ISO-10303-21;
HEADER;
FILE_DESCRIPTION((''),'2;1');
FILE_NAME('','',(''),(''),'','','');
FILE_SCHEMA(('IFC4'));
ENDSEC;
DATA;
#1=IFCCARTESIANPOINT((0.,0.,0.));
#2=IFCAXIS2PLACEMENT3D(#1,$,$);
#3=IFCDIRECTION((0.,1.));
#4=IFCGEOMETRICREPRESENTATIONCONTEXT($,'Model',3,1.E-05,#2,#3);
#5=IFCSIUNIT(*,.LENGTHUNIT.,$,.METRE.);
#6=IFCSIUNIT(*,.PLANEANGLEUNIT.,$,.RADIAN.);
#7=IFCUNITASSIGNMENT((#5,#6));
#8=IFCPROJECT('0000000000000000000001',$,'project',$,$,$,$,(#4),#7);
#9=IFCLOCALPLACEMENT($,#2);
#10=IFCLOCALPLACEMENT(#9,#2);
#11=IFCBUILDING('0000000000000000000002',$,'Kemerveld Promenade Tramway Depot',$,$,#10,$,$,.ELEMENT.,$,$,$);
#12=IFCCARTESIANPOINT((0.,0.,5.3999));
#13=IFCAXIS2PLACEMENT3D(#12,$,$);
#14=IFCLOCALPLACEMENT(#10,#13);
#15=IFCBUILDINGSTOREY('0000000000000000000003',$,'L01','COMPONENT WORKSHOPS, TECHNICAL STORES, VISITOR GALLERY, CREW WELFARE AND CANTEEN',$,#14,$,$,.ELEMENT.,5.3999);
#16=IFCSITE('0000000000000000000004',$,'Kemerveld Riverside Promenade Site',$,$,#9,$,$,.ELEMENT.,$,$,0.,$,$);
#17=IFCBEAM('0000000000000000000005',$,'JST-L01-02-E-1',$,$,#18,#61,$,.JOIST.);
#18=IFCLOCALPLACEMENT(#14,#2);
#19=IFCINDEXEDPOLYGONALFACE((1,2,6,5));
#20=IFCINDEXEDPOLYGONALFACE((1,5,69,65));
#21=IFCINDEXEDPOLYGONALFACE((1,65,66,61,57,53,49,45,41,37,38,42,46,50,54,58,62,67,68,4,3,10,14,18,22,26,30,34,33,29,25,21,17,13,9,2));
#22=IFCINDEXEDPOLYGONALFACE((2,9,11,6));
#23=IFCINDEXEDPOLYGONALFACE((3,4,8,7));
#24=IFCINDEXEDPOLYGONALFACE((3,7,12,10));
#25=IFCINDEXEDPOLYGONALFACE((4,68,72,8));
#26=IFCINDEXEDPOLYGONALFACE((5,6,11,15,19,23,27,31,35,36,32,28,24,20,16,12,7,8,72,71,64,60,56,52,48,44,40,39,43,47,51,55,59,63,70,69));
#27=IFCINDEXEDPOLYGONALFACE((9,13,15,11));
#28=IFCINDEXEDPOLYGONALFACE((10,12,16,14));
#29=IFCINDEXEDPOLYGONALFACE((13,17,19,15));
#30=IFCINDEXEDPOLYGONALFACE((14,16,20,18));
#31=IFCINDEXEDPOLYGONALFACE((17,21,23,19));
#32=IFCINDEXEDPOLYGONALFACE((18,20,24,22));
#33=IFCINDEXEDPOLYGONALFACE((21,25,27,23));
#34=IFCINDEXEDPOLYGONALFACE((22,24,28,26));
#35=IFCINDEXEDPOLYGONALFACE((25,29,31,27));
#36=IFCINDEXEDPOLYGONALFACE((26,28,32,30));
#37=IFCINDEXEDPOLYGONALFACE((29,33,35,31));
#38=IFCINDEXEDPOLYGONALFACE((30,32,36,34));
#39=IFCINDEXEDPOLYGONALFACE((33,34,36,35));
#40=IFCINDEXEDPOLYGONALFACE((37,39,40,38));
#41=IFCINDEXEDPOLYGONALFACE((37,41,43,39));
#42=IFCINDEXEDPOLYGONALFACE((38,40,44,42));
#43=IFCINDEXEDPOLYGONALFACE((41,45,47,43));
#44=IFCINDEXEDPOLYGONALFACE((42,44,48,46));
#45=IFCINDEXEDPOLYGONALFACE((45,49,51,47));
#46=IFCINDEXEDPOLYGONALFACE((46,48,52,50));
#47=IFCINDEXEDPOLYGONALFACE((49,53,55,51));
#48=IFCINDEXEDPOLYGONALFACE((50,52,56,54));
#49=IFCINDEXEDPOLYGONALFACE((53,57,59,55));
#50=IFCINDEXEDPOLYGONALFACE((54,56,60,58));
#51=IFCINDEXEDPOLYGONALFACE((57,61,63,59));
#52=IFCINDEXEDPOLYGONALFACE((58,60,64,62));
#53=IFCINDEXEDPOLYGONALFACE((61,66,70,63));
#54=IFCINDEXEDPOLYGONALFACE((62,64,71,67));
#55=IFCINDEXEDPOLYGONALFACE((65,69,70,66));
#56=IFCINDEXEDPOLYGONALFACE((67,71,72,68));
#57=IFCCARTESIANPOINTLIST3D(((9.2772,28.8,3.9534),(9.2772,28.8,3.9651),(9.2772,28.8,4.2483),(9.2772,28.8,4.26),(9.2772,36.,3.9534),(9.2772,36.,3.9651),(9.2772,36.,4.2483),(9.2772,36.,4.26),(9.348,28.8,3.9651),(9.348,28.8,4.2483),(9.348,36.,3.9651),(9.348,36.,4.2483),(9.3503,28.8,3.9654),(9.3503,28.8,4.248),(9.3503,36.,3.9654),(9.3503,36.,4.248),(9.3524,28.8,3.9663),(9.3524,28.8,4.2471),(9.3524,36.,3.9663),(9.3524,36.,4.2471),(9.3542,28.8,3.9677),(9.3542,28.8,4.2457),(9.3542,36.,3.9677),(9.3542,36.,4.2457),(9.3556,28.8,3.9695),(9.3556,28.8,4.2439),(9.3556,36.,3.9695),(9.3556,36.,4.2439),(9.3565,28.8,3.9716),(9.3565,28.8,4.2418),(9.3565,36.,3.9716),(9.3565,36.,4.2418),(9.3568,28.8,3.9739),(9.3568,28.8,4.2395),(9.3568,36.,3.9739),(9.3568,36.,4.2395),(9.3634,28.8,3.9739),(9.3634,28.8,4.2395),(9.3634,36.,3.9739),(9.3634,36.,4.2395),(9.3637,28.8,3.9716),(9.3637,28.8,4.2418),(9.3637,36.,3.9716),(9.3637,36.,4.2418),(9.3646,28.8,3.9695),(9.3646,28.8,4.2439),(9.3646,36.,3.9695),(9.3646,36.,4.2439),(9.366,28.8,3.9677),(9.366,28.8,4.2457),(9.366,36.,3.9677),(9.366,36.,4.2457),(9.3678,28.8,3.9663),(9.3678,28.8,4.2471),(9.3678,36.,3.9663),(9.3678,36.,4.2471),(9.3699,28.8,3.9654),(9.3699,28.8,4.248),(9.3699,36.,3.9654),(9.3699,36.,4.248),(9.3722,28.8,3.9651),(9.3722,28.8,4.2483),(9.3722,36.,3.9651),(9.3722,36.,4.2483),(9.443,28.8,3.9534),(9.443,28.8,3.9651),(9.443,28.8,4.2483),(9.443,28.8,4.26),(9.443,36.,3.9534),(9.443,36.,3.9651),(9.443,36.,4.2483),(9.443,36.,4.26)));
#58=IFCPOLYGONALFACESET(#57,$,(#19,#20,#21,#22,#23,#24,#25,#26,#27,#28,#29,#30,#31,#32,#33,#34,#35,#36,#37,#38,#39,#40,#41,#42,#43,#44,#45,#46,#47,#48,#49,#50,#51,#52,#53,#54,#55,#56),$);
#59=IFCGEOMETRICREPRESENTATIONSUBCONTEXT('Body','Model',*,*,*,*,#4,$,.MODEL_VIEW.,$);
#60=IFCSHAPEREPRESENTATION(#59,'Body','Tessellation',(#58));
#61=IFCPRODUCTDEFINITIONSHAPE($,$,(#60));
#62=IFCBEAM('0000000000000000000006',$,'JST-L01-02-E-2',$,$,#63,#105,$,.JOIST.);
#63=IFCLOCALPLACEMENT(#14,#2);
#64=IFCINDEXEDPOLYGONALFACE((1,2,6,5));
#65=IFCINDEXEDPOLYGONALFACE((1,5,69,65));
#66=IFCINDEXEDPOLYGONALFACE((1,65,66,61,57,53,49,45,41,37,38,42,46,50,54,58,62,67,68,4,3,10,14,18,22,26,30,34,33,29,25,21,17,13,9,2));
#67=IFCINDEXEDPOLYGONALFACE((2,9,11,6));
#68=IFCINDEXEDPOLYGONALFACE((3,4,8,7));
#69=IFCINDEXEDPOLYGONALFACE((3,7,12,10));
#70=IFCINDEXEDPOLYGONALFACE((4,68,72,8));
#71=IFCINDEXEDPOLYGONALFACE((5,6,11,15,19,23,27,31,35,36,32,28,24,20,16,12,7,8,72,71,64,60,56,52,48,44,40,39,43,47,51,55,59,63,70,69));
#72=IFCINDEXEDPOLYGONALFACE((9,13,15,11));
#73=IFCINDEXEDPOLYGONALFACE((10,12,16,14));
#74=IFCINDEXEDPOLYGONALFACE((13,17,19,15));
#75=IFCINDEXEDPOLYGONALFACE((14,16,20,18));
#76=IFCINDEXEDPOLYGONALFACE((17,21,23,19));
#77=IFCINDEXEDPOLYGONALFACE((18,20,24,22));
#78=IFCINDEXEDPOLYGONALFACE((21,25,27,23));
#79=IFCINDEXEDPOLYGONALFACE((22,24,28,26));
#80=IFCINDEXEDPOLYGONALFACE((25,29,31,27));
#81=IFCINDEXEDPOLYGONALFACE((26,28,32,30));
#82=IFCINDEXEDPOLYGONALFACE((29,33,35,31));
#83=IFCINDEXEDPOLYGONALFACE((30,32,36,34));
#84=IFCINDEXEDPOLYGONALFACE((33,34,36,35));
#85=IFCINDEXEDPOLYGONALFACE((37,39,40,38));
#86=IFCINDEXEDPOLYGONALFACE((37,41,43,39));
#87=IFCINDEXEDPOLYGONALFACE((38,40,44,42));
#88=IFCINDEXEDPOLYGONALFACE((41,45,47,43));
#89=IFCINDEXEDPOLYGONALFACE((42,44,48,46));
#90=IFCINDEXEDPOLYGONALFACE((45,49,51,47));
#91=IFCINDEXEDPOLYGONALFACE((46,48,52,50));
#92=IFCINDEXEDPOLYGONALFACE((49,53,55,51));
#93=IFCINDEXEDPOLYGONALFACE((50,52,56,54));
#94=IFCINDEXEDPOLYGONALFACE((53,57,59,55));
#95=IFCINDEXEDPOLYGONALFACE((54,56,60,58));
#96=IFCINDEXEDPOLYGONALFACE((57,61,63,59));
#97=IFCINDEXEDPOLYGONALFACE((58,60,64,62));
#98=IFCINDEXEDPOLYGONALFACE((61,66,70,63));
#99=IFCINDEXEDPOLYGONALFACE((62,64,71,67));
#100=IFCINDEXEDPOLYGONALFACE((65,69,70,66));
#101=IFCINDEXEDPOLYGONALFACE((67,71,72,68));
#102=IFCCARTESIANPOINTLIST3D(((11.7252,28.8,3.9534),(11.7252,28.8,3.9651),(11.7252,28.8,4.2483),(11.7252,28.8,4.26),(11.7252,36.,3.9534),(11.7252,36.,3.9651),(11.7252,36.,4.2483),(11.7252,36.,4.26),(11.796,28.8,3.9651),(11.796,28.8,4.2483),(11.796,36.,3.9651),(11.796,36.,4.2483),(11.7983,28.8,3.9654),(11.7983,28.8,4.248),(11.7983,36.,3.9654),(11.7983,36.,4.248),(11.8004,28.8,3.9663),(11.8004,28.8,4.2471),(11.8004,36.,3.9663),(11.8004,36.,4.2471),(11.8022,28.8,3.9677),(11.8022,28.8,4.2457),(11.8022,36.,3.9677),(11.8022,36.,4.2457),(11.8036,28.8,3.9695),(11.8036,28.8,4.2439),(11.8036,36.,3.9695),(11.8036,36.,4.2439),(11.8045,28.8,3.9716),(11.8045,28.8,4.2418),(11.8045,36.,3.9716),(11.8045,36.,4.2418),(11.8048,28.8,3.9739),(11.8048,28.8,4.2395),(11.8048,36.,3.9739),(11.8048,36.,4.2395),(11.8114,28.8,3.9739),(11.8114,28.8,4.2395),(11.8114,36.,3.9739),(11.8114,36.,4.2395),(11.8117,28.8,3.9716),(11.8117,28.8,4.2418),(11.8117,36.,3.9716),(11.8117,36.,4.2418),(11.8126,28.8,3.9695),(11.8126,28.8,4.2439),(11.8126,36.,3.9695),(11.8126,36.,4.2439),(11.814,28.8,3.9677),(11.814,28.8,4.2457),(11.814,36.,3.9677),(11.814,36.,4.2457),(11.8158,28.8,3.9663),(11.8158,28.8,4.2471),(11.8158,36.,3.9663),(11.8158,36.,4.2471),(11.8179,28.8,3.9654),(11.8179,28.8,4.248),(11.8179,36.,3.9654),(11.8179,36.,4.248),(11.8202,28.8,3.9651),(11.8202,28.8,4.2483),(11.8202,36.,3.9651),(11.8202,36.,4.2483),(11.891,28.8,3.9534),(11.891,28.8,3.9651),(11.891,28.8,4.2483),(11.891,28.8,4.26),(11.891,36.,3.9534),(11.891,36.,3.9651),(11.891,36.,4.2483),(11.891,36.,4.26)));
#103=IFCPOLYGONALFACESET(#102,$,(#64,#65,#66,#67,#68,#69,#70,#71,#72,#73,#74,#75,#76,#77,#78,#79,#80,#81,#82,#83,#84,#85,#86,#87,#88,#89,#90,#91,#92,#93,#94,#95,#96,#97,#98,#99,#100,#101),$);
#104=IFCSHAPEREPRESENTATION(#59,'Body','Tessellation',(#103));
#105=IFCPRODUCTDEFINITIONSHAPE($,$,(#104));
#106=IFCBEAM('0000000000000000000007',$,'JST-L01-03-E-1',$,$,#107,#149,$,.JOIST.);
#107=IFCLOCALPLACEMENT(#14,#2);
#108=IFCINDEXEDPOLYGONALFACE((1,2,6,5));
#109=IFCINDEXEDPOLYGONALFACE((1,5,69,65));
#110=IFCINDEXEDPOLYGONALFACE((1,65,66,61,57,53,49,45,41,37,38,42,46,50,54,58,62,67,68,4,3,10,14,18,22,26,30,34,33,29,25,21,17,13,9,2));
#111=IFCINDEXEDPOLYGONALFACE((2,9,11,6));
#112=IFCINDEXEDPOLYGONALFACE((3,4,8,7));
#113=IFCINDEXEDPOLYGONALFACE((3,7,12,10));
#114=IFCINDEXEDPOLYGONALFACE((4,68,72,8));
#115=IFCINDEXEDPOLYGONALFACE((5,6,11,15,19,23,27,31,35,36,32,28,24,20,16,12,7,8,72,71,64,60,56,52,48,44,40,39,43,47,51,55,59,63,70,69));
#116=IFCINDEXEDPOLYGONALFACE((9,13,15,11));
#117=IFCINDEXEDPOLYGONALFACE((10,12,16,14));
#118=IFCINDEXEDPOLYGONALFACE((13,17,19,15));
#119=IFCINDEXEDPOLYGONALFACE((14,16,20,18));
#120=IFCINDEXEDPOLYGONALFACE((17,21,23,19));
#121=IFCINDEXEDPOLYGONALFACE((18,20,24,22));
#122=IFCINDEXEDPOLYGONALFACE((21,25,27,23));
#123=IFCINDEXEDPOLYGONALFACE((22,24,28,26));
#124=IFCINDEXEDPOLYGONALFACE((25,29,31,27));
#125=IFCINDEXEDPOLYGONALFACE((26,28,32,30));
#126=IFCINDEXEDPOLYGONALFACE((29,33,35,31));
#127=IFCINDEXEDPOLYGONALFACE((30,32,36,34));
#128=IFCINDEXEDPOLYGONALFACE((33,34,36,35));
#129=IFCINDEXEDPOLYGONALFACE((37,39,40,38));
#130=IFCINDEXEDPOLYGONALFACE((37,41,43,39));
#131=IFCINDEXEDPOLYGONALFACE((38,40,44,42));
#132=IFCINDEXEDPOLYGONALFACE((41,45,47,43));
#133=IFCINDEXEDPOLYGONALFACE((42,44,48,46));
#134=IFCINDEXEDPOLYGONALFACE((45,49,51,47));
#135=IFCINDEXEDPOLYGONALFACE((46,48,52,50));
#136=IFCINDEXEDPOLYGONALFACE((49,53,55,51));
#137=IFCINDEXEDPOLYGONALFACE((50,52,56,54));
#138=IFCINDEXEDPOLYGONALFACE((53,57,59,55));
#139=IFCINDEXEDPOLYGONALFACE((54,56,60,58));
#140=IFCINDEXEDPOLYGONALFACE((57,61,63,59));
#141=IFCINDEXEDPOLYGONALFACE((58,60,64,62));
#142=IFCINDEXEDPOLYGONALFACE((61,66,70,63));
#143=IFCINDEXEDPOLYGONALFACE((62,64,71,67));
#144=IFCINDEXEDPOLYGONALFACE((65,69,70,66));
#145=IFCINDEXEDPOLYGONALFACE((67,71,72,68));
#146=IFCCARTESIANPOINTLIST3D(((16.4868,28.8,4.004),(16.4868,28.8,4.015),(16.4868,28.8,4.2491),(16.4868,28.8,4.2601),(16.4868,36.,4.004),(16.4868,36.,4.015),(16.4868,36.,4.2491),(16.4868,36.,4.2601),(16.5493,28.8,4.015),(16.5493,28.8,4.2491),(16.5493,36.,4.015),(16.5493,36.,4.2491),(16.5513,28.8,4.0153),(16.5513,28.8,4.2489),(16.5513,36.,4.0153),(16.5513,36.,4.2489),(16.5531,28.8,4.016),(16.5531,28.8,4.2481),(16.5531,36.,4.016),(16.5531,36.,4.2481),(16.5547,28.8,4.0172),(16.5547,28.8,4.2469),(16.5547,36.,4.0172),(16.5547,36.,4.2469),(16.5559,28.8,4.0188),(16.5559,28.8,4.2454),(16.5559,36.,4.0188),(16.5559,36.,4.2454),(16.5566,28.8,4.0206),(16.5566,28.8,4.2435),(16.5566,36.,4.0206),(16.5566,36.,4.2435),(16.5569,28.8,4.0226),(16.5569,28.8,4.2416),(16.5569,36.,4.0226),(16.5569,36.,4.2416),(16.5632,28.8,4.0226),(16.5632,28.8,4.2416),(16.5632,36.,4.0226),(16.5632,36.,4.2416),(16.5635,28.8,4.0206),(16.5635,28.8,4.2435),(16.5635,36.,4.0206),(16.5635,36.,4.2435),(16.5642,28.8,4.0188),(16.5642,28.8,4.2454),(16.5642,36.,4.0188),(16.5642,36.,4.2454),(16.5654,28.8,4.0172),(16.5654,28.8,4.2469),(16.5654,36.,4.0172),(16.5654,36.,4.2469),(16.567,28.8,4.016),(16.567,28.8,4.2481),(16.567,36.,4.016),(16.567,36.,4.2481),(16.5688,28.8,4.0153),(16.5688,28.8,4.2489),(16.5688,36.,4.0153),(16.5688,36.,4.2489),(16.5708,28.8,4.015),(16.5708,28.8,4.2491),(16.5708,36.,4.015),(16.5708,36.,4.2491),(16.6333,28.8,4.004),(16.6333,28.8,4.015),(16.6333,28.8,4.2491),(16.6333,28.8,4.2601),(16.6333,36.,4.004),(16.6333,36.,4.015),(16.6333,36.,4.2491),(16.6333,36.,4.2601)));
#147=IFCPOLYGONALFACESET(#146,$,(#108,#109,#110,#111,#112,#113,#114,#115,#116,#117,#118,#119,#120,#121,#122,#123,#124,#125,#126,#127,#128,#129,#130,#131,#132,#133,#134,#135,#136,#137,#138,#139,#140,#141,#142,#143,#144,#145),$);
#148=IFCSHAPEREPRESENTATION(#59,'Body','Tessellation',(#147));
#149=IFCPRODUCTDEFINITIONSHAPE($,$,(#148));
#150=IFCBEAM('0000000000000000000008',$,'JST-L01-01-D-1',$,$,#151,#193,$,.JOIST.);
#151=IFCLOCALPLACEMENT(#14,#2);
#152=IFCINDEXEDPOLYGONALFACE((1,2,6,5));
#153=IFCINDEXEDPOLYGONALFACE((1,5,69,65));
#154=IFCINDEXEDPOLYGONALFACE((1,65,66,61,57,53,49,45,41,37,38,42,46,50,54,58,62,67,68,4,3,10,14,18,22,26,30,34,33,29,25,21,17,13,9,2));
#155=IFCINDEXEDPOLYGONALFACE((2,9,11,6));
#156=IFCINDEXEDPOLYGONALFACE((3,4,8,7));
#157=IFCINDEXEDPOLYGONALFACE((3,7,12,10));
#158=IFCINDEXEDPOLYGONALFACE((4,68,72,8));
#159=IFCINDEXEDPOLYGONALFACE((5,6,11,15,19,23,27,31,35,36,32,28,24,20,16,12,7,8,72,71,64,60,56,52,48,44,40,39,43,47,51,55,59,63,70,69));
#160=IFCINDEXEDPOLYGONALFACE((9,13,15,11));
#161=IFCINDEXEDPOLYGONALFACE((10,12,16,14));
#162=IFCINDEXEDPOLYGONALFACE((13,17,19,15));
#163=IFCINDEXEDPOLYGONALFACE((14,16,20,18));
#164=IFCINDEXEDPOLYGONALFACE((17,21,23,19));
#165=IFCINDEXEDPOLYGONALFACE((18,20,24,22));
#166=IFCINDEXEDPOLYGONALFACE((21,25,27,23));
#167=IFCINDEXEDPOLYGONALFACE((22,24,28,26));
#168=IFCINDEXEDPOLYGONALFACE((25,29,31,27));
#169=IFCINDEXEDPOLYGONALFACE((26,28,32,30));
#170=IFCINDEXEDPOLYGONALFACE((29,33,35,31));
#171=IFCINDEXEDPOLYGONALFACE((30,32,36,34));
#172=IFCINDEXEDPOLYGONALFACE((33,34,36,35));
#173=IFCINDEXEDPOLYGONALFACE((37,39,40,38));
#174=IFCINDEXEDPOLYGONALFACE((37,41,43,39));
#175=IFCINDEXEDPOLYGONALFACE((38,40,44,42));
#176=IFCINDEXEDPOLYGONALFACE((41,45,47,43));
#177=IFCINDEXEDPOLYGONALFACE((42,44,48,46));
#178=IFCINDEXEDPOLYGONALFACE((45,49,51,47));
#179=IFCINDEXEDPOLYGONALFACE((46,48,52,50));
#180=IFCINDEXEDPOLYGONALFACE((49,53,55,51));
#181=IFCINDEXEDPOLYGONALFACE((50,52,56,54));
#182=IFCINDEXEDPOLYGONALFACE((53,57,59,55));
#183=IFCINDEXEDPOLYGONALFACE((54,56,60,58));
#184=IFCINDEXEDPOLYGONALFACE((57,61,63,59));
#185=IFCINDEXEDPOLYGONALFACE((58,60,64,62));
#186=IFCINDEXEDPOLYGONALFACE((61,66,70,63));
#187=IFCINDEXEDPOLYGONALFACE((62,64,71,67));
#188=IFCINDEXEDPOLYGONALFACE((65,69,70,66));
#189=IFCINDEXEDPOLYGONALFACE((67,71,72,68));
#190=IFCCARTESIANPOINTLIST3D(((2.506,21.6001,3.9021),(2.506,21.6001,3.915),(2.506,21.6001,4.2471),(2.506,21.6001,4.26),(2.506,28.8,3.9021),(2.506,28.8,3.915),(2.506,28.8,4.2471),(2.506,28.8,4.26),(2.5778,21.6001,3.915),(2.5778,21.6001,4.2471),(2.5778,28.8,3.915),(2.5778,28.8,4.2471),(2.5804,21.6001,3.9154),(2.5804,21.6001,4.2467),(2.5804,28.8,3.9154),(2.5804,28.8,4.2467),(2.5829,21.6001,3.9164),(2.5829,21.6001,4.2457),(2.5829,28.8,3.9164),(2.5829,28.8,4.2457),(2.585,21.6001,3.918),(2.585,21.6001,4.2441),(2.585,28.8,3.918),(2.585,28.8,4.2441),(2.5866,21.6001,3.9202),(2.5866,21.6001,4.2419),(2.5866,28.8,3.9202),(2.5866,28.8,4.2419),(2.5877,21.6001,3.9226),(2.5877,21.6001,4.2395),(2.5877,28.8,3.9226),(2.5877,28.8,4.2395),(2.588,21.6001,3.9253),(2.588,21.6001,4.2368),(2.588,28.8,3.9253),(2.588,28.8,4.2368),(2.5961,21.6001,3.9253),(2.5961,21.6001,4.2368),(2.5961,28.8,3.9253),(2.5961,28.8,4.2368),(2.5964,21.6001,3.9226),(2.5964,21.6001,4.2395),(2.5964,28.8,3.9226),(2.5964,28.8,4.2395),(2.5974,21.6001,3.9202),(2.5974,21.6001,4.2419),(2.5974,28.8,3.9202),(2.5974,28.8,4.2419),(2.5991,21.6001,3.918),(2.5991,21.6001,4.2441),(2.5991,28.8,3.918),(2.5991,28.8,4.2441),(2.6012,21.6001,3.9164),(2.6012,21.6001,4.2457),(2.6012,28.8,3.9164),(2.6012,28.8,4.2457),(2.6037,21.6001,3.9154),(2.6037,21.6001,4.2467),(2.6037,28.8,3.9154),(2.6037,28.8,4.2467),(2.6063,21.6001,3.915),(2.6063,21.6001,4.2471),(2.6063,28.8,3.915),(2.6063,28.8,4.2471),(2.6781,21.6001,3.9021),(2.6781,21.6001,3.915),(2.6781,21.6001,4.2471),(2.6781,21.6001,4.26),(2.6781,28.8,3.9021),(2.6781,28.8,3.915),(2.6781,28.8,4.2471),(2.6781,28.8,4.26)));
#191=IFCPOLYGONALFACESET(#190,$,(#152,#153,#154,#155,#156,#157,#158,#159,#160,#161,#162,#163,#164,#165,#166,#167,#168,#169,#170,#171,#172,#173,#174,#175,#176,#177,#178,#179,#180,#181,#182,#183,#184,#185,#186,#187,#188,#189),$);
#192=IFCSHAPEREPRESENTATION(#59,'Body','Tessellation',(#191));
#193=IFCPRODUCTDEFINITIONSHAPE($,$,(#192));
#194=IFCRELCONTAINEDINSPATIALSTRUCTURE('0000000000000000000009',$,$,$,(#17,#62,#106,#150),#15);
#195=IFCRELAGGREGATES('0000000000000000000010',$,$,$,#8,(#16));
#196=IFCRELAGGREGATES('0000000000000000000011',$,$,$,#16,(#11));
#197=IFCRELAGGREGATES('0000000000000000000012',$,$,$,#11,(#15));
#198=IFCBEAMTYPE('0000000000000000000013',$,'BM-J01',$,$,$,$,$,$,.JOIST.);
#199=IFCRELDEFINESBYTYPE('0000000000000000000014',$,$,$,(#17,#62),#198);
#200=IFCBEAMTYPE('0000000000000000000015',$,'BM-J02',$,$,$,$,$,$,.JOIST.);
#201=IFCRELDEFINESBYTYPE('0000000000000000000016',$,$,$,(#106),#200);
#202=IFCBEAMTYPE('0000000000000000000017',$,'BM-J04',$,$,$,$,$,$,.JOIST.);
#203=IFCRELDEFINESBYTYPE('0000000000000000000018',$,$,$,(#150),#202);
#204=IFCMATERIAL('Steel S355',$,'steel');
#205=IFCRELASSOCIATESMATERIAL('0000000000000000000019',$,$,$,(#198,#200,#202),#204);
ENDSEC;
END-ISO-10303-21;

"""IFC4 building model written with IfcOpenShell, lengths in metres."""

from ifc_helpers import new_model, si_unit, direction, frame, origin, origin_2d, place, context, subcontext, project, spatial, i_section, extrude, material, material_profile, profile_set, type_object, element, save


model = new_model("IFC4")

# Units and contexts
model_context = context("Model", 3, precision=1e-05, world=origin(), true_north=direction((0.0, 1.0)))
body_context = subcontext(model_context, "Body", "Model", "MODEL_VIEW")
ifc_project = project(units=[si_unit("LENGTHUNIT", "METRE"), si_unit("PLANEANGLEUNIT", "RADIAN")], contexts=[model_context])

# Site, building, storey
site_placement = place(None, origin())
site = spatial("IfcSite", under=ifc_project, at=site_placement, Name="Kemerveld Riverside Promenade Site", CompositionType="ELEMENT", RefElevation=0.0)
building_placement = place(site_placement, origin())
building = spatial("IfcBuilding", under=site, at=building_placement, Name="Kemerveld Promenade Tramway Depot", CompositionType="ELEMENT")
storey_placement = place(building_placement, frame((0.0, 0.0, 5.3999)))
storey = spatial("IfcBuildingStorey", under=building, at=storey_placement, Name="L01", Description="COMPONENT WORKSHOPS, TECHNICAL STORES, VISITOR GALLERY, CREW WELFARE AND CANTEEN", CompositionType="ELEMENT", Elevation=5.3999)

# Shared definitions
ifc_material_1 = material(Name="Steel S355", Category="steel")

# Beams
ifc_material_profile_1 = material_profile(ifc_material_1, i_section(OverallWidth=0.1658, OverallDepth=0.3066, WebThickness=0.0066, FlangeThickness=0.0117, FilletRadius=0.0088, at=origin_2d()), Name="305x165x46 UB")
ifc_profile_set_1 = profile_set([ifc_material_profile_1], Name="Steel S355")
beam_type_1 = type_object("IfcBeamType", Name="BM-J01", PredefinedType="JOIST", material=ifc_profile_set_1)
for number, where, z_axis, x_axis, name in (
    (1, (9.3601, 28.8, 4.1067), (0.0, 1.0, 0.0), (-1.0, 0.0, 0.0), "JST-L01-02-E-1"),
    (2, (11.8081, 28.8, 4.1067), (0.0, 1.0, 0.0), (-1.0, 0.0, 0.0), "JST-L01-02-E-2"),
):
    element("IfcBeam", number, at=place(storey_placement, frame(where, z_axis=z_axis, x_axis=x_axis)), inside=storey, type_object=beam_type_1, Name=name, PredefinedType="JOIST", context=body_context, shape_type="SweptSolid", body=[
        extrude(i_section(OverallWidth=0.1658, OverallDepth=0.3066, WebThickness=0.0066, FlangeThickness=0.0117, FilletRadius=0.0088, at=origin_2d()), origin(), (0.0, 0.0, 1.0), 7.2),
    ])
ifc_material_profile_2 = material_profile(ifc_material_1, i_section(OverallWidth=0.1465, OverallDepth=0.2561, WebThickness=0.0063, FlangeThickness=0.011, FilletRadius=0.0076, at=origin_2d()), Name="254x146x37 UB")
ifc_profile_set_2 = profile_set([ifc_material_profile_2], Name="Steel S355")
beam_type_2 = type_object("IfcBeamType", Name="BM-J02", PredefinedType="JOIST", material=ifc_profile_set_2)
beam_1_placement = place(storey_placement, frame((16.5601, 28.8, 4.1321), z_axis=(0.0, 1.0, 0.0), x_axis=(-1.0, 0.0, 0.0)))
element("IfcBeam", 3, at=beam_1_placement, inside=storey, type_object=beam_type_2, Name="JST-L01-03-E-1", PredefinedType="JOIST", context=body_context, shape_type="SweptSolid", body=[
    extrude(i_section(OverallWidth=0.1465, OverallDepth=0.2561, WebThickness=0.0063, FlangeThickness=0.011, FilletRadius=0.0076, at=origin_2d()), origin(), (0.0, 0.0, 1.0), 7.2),
])
ifc_material_profile_3 = material_profile(ifc_material_1, i_section(OverallWidth=0.1721, OverallDepth=0.3579, WebThickness=0.0081, FlangeThickness=0.0129, FilletRadius=0.0103, at=origin_2d()), Name="356x171x57 UB")
ifc_profile_set_3 = profile_set([ifc_material_profile_3], Name="Steel S355")
beam_type_3 = type_object("IfcBeamType", Name="BM-J04", PredefinedType="JOIST", material=ifc_profile_set_3)
for number, where, z_axis, x_axis, name in (
    (4, (2.592, 21.6001, 4.0811), (0.0, 1.0, 0.0), (-1.0, 0.0, 0.0), "JST-L01-01-D-1"),
):
    element("IfcBeam", number, at=place(storey_placement, frame(where, z_axis=z_axis, x_axis=x_axis)), inside=storey, type_object=beam_type_3, Name=name, PredefinedType="JOIST", context=body_context, shape_type="SweptSolid", body=[
        extrude(i_section(OverallWidth=0.1721, OverallDepth=0.3579, WebThickness=0.0081, FlangeThickness=0.0129, FilletRadius=0.0103, at=origin_2d()), origin(), (0.0, 0.0, 1.0), 7.2),
    ])

save(model, "model.ifc")
